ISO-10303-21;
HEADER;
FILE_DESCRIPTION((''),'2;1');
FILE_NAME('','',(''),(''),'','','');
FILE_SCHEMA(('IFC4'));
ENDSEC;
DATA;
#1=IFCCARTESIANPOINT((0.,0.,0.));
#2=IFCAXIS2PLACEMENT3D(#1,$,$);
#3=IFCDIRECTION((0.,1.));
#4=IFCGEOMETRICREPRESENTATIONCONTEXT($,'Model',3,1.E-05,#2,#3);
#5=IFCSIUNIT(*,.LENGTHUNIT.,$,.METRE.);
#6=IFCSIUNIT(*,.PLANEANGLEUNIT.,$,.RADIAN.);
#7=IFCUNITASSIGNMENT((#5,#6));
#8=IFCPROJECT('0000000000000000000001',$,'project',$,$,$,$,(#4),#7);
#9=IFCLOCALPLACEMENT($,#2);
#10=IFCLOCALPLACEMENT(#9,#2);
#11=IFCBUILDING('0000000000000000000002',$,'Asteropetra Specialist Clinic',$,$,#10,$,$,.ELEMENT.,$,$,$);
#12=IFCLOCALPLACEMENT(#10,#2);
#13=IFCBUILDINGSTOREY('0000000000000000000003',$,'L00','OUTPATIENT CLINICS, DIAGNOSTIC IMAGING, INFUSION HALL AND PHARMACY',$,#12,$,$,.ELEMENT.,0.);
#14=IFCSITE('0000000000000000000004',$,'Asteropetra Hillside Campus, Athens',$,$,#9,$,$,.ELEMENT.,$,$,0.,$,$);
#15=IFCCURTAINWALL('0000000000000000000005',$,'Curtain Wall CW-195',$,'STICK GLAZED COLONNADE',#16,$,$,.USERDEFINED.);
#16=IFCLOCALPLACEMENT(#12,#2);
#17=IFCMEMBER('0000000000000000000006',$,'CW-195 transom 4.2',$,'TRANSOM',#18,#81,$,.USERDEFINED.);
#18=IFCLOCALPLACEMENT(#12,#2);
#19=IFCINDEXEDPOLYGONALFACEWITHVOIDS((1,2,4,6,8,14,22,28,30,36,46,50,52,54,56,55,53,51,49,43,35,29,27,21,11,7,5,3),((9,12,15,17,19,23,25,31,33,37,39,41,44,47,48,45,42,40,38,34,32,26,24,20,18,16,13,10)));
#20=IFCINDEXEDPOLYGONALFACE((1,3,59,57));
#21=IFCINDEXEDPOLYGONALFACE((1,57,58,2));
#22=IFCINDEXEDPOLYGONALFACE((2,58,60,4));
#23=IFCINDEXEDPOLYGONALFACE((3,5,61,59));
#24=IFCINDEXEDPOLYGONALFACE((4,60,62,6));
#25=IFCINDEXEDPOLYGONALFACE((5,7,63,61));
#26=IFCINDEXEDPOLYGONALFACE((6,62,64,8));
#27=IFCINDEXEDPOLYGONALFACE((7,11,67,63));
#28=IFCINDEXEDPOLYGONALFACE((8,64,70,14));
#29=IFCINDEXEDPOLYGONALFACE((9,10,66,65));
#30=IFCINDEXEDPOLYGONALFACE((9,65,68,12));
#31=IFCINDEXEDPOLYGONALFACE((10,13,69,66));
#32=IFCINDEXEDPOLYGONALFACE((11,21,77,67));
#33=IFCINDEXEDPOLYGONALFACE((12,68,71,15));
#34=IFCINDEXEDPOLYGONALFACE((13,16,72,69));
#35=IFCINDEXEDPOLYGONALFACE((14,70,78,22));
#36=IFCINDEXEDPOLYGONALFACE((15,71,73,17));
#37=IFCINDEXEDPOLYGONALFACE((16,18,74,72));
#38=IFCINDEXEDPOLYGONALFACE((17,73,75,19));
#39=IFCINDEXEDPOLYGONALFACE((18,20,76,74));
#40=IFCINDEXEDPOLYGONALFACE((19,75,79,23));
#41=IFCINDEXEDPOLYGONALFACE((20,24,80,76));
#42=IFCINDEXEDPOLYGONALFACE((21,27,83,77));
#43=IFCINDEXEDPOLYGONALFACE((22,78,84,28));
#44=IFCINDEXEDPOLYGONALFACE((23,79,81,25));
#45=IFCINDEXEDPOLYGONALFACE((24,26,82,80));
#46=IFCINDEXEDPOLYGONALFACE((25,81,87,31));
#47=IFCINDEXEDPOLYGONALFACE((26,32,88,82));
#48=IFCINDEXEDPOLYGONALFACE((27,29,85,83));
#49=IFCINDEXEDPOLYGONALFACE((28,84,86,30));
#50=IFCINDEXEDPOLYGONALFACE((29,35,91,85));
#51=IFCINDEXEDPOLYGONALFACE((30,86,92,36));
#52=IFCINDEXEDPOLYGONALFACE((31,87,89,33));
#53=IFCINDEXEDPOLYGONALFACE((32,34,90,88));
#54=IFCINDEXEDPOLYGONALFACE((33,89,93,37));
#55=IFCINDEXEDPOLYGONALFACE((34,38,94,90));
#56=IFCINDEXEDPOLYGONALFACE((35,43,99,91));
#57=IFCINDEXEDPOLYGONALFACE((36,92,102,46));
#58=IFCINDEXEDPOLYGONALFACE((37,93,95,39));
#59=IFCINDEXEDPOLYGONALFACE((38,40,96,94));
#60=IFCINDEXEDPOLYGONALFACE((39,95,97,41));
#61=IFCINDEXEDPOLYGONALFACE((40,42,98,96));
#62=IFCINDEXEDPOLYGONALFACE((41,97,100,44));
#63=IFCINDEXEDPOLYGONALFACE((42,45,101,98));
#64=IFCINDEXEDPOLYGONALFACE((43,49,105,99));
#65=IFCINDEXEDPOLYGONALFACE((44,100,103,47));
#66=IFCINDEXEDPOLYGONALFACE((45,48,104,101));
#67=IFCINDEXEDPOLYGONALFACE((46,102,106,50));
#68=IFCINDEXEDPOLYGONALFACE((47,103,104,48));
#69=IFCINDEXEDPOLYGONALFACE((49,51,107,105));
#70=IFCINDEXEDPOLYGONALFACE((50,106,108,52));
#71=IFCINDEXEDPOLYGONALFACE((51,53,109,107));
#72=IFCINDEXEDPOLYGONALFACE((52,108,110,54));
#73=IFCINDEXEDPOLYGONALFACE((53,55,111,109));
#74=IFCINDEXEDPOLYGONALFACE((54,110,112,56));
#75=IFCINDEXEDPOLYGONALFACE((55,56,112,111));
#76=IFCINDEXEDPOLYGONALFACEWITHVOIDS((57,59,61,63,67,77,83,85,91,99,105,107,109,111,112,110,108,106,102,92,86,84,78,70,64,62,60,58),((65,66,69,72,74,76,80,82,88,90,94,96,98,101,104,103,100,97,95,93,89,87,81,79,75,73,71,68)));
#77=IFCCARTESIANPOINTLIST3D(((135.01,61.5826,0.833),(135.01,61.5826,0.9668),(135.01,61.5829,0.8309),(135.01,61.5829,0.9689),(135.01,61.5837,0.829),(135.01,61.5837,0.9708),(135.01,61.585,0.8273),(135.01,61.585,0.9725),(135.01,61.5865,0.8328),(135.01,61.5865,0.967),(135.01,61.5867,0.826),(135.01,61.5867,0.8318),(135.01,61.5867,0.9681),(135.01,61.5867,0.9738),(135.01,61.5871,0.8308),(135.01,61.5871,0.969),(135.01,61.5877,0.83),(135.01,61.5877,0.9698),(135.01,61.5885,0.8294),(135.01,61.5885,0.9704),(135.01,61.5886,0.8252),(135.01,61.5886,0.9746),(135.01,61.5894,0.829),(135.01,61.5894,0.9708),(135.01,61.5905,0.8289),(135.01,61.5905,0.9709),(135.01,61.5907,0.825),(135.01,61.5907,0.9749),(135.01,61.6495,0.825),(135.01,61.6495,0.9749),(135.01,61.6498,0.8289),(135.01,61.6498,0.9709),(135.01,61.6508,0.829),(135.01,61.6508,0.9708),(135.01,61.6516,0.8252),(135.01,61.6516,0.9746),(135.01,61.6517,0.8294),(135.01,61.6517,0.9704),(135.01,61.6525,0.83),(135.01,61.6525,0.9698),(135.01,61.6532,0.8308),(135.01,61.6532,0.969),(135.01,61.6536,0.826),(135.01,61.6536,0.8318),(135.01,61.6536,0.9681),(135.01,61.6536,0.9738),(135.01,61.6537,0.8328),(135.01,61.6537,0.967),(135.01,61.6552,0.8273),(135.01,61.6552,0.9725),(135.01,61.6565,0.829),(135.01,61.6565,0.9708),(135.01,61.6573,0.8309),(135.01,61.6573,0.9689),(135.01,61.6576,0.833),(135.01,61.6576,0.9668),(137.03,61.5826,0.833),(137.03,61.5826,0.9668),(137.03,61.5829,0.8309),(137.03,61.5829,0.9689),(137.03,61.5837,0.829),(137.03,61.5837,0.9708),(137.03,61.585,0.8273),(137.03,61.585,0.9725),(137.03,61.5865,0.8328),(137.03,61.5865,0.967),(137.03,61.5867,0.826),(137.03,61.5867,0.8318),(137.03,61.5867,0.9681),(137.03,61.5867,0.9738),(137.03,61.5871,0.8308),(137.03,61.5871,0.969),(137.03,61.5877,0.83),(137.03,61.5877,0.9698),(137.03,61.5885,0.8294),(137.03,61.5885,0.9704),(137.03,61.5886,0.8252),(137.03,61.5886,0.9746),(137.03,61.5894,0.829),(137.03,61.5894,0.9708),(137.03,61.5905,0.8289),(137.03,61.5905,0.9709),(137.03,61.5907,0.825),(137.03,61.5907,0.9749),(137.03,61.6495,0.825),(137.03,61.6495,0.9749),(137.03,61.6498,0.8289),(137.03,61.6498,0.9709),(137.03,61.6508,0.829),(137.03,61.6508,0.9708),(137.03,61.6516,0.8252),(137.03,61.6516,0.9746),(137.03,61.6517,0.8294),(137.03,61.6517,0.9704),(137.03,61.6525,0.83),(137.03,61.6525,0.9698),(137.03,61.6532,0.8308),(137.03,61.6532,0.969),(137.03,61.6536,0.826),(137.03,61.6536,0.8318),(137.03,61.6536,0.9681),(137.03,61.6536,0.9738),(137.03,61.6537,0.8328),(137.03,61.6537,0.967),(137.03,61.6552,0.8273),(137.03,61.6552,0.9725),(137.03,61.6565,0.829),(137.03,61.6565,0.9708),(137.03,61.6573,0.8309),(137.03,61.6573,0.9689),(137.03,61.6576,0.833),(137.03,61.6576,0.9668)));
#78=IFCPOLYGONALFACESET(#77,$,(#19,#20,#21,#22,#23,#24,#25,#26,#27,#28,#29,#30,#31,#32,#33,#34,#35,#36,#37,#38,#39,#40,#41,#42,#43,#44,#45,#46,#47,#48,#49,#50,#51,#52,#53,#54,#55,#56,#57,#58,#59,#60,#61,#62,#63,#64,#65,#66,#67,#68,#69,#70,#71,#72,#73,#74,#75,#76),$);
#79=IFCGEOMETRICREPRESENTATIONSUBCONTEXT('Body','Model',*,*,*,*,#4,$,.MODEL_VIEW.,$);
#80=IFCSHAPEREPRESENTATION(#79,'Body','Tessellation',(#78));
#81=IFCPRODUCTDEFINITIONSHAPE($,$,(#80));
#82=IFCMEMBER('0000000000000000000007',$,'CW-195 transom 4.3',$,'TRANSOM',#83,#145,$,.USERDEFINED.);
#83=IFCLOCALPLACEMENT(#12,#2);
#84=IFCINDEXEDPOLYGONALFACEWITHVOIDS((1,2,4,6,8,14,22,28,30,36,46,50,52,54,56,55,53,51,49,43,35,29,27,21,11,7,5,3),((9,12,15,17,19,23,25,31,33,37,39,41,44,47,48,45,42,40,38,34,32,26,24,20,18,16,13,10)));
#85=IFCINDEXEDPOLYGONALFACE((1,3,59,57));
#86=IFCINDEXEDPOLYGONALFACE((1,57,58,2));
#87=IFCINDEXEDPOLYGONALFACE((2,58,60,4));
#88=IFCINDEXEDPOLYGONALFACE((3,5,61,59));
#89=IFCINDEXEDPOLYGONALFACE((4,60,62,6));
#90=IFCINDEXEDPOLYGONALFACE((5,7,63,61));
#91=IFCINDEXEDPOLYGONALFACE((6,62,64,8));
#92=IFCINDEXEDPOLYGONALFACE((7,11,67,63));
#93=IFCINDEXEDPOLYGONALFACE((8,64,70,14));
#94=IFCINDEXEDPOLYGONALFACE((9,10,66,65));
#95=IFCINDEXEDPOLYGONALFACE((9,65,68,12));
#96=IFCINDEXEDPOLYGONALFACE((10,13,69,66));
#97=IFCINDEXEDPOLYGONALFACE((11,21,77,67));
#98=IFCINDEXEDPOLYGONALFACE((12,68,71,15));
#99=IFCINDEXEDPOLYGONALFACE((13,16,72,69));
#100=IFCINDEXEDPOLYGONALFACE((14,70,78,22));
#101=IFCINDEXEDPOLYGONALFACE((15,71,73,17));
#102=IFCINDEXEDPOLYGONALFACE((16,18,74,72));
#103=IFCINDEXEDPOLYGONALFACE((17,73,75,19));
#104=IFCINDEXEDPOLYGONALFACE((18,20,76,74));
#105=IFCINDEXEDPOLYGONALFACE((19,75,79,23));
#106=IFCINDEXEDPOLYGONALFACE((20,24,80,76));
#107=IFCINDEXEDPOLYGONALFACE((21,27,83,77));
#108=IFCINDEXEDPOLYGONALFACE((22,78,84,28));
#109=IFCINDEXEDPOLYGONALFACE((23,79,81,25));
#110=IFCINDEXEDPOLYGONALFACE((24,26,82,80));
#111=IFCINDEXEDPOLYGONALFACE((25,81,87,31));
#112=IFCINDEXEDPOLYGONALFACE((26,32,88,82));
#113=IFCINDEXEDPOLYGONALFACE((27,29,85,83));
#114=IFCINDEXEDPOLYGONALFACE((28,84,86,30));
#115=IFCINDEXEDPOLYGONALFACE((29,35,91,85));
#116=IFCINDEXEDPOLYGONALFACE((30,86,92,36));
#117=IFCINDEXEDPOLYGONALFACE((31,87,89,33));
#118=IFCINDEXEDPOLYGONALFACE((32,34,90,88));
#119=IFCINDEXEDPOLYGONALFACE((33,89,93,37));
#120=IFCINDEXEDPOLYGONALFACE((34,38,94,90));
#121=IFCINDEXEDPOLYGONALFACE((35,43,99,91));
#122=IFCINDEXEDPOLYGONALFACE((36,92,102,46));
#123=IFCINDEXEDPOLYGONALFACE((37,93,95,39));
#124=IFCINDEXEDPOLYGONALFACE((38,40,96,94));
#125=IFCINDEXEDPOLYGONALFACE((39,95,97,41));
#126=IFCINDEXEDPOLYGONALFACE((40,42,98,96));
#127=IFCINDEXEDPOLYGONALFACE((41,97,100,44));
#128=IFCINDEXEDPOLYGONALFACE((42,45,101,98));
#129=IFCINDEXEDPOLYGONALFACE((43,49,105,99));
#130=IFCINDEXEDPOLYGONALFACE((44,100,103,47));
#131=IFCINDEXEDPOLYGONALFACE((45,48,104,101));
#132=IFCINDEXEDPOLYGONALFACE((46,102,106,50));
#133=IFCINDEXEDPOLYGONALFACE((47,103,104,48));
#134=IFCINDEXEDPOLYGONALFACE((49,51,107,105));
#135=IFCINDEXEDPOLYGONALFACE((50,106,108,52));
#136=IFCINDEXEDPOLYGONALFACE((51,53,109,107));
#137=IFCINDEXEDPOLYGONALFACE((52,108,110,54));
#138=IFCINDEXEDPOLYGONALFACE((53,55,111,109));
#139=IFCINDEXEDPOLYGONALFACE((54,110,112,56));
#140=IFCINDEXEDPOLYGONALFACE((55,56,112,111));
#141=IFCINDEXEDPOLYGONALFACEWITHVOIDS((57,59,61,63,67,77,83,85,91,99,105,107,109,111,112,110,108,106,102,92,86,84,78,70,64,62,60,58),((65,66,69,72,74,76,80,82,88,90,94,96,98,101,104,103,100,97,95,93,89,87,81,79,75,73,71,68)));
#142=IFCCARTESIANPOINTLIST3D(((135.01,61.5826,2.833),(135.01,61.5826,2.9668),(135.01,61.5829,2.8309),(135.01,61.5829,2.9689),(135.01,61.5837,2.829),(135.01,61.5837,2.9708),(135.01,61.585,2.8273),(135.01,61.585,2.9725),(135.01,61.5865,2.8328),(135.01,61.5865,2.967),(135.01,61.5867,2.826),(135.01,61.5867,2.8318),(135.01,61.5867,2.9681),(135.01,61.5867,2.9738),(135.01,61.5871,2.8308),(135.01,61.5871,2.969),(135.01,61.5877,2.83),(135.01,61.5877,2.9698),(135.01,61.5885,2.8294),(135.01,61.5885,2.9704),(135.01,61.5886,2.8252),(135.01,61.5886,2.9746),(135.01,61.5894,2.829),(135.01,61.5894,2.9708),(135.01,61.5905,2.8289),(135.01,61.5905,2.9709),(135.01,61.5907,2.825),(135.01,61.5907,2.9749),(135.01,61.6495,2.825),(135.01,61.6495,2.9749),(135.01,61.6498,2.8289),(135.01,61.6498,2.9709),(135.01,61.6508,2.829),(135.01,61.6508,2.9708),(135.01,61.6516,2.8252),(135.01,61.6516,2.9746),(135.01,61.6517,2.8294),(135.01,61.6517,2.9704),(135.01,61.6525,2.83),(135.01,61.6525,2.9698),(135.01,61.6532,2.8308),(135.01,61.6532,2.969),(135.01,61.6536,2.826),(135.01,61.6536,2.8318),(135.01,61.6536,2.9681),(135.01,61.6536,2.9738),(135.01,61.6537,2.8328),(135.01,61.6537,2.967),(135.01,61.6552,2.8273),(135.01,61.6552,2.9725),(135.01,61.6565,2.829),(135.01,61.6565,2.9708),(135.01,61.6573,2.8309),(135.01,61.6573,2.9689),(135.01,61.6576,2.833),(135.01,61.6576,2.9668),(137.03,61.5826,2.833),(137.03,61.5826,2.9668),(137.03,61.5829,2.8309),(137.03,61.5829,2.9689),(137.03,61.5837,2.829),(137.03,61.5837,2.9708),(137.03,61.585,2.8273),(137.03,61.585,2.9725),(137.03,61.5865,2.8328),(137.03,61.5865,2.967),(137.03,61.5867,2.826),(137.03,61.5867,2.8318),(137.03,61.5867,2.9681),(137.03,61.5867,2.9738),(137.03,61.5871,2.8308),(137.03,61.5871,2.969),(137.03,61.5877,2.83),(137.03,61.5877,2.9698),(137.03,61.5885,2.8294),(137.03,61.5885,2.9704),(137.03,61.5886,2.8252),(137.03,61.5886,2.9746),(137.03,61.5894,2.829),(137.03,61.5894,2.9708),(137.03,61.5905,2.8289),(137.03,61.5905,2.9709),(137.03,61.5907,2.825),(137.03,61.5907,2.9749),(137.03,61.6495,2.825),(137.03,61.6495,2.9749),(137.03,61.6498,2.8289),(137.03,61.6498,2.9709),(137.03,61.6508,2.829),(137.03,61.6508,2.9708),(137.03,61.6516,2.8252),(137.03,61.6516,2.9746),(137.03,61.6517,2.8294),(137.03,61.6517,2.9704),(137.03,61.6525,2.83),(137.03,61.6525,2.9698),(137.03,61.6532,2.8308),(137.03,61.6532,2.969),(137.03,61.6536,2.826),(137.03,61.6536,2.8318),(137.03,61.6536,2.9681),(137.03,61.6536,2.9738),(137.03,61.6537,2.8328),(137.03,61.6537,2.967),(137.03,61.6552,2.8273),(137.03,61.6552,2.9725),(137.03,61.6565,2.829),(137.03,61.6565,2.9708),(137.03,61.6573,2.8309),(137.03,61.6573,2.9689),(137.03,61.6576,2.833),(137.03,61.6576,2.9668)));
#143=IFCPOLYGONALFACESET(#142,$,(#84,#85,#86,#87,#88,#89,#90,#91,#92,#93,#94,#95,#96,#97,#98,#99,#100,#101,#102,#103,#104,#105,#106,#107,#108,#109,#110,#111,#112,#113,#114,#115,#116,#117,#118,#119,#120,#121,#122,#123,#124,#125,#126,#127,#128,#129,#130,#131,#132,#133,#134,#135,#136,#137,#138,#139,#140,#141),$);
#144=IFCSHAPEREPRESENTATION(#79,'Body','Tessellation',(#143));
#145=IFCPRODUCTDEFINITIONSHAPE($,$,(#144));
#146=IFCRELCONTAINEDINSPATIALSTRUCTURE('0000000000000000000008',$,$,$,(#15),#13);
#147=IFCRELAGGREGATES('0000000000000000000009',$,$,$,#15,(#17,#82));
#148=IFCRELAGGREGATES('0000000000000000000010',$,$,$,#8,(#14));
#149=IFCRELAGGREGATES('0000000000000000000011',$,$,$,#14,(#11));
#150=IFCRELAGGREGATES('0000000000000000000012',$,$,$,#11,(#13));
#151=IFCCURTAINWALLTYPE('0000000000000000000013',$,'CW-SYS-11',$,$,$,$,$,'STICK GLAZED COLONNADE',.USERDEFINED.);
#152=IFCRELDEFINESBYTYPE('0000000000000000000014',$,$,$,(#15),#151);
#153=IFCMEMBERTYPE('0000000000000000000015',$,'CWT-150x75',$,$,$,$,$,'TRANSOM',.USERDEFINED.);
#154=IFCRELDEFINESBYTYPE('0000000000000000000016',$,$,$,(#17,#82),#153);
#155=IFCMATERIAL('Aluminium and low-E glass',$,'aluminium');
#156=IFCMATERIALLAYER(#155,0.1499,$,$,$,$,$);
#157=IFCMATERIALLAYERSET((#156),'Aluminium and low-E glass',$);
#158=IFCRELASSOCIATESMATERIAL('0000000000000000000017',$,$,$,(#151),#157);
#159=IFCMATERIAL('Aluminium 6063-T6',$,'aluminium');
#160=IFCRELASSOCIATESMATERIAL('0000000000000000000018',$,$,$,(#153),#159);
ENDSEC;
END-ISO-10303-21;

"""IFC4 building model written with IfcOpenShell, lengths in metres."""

from ifc_helpers import new_model, si_unit, direction, frame, origin, origin_2d, place, context, subcontext, project, spatial, hollow_rectangle, extrude, material, layer, layer_set, material_profile, profile_set, type_object, element, aggregate, save


model = new_model("IFC4")

# Units and contexts
model_context = context("Model", 3, precision=1e-05, world=origin(), true_north=direction((0.0, 1.0)))
body_context = subcontext(model_context, "Body", "Model", "MODEL_VIEW")
ifc_project = project(units=[si_unit("LENGTHUNIT", "METRE"), si_unit("PLANEANGLEUNIT", "RADIAN")], contexts=[model_context])

# Site, building, storey
site_placement = place(None, origin())
site = spatial("IfcSite", under=ifc_project, at=site_placement, Name="Asteropetra Hillside Campus, Athens", CompositionType="ELEMENT", RefElevation=0.0)
building_placement = place(site_placement, origin())
building = spatial("IfcBuilding", under=site, at=building_placement, Name="Asteropetra Specialist Clinic", CompositionType="ELEMENT")
storey_placement = place(building_placement, origin())
storey = spatial("IfcBuildingStorey", under=building, at=storey_placement, Name="L00", Description="OUTPATIENT CLINICS, DIAGNOSTIC IMAGING, INFUSION HALL AND PHARMACY", CompositionType="ELEMENT", Elevation=0.0)

# Curtain wall
ifc_material_1 = material(Name="Aluminium and low-E glass", Category="aluminium")
ifc_layer_1 = layer(ifc_material_1, 0.1499)
ifc_layer_set_1 = layer_set([ifc_layer_1], Name="Aluminium and low-E glass")
curtain_wall_type_1 = type_object("IfcCurtainWallType", Name="CW-SYS-11", ElementType="STICK GLAZED COLONNADE", PredefinedType="USERDEFINED", material=ifc_layer_set_1)
curtain_wall_1_placement = place(storey_placement, origin())
curtain_wall_1 = element("IfcCurtainWall", 1, at=curtain_wall_1_placement, inside=storey, type_object=curtain_wall_type_1, Name="Curtain Wall CW-195", ObjectType="STICK GLAZED COLONNADE", PredefinedType="USERDEFINED")

# Members
ifc_material_2 = material(Name="Aluminium 6063-T6", Category="aluminium")
ifc_material_profile_1 = material_profile(ifc_material_2, hollow_rectangle(XDim=0.075, YDim=0.1499, WallThickness=0.0039, InnerFilletRadius=0.0039, OuterFilletRadius=0.0081, at=origin_2d()), Name="TRN 150x75x4.0")
ifc_profile_set_1 = profile_set([ifc_material_profile_1], Name="Aluminium 6063-T6")
member_type_1 = type_object("IfcMemberType", Name="CWT-150x75", ElementType="TRANSOM", PredefinedType="USERDEFINED", material=ifc_profile_set_1)
member_1_placement = place(storey_placement, frame((137.03, 61.6201, 0.8999), z_axis=(-1.0, 0.0, 0.0), x_axis=(0.0, -1.0, 0.0)))
member_1 = element("IfcMember", 2, at=member_1_placement, type_object=member_type_1, Name="CW-195 transom 4.2", ObjectType="TRANSOM", PredefinedType="USERDEFINED", context=body_context, shape_type="SweptSolid", body=[
    extrude(hollow_rectangle(XDim=0.075, YDim=0.1499, WallThickness=0.0039, InnerFilletRadius=0.0039, OuterFilletRadius=0.0081, at=origin_2d()), origin(), (0.0, 0.0, 1.0), 2.02),
])
member_2_placement = place(storey_placement, frame((137.03, 61.6201, 2.8999), z_axis=(-1.0, 0.0, 0.0), x_axis=(0.0, -1.0, 0.0)))
member_2 = element("IfcMember", 3, at=member_2_placement, type_object=member_type_1, Name="CW-195 transom 4.3", ObjectType="TRANSOM", PredefinedType="USERDEFINED", context=body_context, shape_type="SweptSolid", body=[
    extrude(hollow_rectangle(XDim=0.075, YDim=0.1499, WallThickness=0.0039, InnerFilletRadius=0.0039, OuterFilletRadius=0.0081, at=origin_2d()), origin(), (0.0, 0.0, 1.0), 2.02),
])

aggregate(curtain_wall_1, [member_1, member_2])

save(model, "model.ifc")
